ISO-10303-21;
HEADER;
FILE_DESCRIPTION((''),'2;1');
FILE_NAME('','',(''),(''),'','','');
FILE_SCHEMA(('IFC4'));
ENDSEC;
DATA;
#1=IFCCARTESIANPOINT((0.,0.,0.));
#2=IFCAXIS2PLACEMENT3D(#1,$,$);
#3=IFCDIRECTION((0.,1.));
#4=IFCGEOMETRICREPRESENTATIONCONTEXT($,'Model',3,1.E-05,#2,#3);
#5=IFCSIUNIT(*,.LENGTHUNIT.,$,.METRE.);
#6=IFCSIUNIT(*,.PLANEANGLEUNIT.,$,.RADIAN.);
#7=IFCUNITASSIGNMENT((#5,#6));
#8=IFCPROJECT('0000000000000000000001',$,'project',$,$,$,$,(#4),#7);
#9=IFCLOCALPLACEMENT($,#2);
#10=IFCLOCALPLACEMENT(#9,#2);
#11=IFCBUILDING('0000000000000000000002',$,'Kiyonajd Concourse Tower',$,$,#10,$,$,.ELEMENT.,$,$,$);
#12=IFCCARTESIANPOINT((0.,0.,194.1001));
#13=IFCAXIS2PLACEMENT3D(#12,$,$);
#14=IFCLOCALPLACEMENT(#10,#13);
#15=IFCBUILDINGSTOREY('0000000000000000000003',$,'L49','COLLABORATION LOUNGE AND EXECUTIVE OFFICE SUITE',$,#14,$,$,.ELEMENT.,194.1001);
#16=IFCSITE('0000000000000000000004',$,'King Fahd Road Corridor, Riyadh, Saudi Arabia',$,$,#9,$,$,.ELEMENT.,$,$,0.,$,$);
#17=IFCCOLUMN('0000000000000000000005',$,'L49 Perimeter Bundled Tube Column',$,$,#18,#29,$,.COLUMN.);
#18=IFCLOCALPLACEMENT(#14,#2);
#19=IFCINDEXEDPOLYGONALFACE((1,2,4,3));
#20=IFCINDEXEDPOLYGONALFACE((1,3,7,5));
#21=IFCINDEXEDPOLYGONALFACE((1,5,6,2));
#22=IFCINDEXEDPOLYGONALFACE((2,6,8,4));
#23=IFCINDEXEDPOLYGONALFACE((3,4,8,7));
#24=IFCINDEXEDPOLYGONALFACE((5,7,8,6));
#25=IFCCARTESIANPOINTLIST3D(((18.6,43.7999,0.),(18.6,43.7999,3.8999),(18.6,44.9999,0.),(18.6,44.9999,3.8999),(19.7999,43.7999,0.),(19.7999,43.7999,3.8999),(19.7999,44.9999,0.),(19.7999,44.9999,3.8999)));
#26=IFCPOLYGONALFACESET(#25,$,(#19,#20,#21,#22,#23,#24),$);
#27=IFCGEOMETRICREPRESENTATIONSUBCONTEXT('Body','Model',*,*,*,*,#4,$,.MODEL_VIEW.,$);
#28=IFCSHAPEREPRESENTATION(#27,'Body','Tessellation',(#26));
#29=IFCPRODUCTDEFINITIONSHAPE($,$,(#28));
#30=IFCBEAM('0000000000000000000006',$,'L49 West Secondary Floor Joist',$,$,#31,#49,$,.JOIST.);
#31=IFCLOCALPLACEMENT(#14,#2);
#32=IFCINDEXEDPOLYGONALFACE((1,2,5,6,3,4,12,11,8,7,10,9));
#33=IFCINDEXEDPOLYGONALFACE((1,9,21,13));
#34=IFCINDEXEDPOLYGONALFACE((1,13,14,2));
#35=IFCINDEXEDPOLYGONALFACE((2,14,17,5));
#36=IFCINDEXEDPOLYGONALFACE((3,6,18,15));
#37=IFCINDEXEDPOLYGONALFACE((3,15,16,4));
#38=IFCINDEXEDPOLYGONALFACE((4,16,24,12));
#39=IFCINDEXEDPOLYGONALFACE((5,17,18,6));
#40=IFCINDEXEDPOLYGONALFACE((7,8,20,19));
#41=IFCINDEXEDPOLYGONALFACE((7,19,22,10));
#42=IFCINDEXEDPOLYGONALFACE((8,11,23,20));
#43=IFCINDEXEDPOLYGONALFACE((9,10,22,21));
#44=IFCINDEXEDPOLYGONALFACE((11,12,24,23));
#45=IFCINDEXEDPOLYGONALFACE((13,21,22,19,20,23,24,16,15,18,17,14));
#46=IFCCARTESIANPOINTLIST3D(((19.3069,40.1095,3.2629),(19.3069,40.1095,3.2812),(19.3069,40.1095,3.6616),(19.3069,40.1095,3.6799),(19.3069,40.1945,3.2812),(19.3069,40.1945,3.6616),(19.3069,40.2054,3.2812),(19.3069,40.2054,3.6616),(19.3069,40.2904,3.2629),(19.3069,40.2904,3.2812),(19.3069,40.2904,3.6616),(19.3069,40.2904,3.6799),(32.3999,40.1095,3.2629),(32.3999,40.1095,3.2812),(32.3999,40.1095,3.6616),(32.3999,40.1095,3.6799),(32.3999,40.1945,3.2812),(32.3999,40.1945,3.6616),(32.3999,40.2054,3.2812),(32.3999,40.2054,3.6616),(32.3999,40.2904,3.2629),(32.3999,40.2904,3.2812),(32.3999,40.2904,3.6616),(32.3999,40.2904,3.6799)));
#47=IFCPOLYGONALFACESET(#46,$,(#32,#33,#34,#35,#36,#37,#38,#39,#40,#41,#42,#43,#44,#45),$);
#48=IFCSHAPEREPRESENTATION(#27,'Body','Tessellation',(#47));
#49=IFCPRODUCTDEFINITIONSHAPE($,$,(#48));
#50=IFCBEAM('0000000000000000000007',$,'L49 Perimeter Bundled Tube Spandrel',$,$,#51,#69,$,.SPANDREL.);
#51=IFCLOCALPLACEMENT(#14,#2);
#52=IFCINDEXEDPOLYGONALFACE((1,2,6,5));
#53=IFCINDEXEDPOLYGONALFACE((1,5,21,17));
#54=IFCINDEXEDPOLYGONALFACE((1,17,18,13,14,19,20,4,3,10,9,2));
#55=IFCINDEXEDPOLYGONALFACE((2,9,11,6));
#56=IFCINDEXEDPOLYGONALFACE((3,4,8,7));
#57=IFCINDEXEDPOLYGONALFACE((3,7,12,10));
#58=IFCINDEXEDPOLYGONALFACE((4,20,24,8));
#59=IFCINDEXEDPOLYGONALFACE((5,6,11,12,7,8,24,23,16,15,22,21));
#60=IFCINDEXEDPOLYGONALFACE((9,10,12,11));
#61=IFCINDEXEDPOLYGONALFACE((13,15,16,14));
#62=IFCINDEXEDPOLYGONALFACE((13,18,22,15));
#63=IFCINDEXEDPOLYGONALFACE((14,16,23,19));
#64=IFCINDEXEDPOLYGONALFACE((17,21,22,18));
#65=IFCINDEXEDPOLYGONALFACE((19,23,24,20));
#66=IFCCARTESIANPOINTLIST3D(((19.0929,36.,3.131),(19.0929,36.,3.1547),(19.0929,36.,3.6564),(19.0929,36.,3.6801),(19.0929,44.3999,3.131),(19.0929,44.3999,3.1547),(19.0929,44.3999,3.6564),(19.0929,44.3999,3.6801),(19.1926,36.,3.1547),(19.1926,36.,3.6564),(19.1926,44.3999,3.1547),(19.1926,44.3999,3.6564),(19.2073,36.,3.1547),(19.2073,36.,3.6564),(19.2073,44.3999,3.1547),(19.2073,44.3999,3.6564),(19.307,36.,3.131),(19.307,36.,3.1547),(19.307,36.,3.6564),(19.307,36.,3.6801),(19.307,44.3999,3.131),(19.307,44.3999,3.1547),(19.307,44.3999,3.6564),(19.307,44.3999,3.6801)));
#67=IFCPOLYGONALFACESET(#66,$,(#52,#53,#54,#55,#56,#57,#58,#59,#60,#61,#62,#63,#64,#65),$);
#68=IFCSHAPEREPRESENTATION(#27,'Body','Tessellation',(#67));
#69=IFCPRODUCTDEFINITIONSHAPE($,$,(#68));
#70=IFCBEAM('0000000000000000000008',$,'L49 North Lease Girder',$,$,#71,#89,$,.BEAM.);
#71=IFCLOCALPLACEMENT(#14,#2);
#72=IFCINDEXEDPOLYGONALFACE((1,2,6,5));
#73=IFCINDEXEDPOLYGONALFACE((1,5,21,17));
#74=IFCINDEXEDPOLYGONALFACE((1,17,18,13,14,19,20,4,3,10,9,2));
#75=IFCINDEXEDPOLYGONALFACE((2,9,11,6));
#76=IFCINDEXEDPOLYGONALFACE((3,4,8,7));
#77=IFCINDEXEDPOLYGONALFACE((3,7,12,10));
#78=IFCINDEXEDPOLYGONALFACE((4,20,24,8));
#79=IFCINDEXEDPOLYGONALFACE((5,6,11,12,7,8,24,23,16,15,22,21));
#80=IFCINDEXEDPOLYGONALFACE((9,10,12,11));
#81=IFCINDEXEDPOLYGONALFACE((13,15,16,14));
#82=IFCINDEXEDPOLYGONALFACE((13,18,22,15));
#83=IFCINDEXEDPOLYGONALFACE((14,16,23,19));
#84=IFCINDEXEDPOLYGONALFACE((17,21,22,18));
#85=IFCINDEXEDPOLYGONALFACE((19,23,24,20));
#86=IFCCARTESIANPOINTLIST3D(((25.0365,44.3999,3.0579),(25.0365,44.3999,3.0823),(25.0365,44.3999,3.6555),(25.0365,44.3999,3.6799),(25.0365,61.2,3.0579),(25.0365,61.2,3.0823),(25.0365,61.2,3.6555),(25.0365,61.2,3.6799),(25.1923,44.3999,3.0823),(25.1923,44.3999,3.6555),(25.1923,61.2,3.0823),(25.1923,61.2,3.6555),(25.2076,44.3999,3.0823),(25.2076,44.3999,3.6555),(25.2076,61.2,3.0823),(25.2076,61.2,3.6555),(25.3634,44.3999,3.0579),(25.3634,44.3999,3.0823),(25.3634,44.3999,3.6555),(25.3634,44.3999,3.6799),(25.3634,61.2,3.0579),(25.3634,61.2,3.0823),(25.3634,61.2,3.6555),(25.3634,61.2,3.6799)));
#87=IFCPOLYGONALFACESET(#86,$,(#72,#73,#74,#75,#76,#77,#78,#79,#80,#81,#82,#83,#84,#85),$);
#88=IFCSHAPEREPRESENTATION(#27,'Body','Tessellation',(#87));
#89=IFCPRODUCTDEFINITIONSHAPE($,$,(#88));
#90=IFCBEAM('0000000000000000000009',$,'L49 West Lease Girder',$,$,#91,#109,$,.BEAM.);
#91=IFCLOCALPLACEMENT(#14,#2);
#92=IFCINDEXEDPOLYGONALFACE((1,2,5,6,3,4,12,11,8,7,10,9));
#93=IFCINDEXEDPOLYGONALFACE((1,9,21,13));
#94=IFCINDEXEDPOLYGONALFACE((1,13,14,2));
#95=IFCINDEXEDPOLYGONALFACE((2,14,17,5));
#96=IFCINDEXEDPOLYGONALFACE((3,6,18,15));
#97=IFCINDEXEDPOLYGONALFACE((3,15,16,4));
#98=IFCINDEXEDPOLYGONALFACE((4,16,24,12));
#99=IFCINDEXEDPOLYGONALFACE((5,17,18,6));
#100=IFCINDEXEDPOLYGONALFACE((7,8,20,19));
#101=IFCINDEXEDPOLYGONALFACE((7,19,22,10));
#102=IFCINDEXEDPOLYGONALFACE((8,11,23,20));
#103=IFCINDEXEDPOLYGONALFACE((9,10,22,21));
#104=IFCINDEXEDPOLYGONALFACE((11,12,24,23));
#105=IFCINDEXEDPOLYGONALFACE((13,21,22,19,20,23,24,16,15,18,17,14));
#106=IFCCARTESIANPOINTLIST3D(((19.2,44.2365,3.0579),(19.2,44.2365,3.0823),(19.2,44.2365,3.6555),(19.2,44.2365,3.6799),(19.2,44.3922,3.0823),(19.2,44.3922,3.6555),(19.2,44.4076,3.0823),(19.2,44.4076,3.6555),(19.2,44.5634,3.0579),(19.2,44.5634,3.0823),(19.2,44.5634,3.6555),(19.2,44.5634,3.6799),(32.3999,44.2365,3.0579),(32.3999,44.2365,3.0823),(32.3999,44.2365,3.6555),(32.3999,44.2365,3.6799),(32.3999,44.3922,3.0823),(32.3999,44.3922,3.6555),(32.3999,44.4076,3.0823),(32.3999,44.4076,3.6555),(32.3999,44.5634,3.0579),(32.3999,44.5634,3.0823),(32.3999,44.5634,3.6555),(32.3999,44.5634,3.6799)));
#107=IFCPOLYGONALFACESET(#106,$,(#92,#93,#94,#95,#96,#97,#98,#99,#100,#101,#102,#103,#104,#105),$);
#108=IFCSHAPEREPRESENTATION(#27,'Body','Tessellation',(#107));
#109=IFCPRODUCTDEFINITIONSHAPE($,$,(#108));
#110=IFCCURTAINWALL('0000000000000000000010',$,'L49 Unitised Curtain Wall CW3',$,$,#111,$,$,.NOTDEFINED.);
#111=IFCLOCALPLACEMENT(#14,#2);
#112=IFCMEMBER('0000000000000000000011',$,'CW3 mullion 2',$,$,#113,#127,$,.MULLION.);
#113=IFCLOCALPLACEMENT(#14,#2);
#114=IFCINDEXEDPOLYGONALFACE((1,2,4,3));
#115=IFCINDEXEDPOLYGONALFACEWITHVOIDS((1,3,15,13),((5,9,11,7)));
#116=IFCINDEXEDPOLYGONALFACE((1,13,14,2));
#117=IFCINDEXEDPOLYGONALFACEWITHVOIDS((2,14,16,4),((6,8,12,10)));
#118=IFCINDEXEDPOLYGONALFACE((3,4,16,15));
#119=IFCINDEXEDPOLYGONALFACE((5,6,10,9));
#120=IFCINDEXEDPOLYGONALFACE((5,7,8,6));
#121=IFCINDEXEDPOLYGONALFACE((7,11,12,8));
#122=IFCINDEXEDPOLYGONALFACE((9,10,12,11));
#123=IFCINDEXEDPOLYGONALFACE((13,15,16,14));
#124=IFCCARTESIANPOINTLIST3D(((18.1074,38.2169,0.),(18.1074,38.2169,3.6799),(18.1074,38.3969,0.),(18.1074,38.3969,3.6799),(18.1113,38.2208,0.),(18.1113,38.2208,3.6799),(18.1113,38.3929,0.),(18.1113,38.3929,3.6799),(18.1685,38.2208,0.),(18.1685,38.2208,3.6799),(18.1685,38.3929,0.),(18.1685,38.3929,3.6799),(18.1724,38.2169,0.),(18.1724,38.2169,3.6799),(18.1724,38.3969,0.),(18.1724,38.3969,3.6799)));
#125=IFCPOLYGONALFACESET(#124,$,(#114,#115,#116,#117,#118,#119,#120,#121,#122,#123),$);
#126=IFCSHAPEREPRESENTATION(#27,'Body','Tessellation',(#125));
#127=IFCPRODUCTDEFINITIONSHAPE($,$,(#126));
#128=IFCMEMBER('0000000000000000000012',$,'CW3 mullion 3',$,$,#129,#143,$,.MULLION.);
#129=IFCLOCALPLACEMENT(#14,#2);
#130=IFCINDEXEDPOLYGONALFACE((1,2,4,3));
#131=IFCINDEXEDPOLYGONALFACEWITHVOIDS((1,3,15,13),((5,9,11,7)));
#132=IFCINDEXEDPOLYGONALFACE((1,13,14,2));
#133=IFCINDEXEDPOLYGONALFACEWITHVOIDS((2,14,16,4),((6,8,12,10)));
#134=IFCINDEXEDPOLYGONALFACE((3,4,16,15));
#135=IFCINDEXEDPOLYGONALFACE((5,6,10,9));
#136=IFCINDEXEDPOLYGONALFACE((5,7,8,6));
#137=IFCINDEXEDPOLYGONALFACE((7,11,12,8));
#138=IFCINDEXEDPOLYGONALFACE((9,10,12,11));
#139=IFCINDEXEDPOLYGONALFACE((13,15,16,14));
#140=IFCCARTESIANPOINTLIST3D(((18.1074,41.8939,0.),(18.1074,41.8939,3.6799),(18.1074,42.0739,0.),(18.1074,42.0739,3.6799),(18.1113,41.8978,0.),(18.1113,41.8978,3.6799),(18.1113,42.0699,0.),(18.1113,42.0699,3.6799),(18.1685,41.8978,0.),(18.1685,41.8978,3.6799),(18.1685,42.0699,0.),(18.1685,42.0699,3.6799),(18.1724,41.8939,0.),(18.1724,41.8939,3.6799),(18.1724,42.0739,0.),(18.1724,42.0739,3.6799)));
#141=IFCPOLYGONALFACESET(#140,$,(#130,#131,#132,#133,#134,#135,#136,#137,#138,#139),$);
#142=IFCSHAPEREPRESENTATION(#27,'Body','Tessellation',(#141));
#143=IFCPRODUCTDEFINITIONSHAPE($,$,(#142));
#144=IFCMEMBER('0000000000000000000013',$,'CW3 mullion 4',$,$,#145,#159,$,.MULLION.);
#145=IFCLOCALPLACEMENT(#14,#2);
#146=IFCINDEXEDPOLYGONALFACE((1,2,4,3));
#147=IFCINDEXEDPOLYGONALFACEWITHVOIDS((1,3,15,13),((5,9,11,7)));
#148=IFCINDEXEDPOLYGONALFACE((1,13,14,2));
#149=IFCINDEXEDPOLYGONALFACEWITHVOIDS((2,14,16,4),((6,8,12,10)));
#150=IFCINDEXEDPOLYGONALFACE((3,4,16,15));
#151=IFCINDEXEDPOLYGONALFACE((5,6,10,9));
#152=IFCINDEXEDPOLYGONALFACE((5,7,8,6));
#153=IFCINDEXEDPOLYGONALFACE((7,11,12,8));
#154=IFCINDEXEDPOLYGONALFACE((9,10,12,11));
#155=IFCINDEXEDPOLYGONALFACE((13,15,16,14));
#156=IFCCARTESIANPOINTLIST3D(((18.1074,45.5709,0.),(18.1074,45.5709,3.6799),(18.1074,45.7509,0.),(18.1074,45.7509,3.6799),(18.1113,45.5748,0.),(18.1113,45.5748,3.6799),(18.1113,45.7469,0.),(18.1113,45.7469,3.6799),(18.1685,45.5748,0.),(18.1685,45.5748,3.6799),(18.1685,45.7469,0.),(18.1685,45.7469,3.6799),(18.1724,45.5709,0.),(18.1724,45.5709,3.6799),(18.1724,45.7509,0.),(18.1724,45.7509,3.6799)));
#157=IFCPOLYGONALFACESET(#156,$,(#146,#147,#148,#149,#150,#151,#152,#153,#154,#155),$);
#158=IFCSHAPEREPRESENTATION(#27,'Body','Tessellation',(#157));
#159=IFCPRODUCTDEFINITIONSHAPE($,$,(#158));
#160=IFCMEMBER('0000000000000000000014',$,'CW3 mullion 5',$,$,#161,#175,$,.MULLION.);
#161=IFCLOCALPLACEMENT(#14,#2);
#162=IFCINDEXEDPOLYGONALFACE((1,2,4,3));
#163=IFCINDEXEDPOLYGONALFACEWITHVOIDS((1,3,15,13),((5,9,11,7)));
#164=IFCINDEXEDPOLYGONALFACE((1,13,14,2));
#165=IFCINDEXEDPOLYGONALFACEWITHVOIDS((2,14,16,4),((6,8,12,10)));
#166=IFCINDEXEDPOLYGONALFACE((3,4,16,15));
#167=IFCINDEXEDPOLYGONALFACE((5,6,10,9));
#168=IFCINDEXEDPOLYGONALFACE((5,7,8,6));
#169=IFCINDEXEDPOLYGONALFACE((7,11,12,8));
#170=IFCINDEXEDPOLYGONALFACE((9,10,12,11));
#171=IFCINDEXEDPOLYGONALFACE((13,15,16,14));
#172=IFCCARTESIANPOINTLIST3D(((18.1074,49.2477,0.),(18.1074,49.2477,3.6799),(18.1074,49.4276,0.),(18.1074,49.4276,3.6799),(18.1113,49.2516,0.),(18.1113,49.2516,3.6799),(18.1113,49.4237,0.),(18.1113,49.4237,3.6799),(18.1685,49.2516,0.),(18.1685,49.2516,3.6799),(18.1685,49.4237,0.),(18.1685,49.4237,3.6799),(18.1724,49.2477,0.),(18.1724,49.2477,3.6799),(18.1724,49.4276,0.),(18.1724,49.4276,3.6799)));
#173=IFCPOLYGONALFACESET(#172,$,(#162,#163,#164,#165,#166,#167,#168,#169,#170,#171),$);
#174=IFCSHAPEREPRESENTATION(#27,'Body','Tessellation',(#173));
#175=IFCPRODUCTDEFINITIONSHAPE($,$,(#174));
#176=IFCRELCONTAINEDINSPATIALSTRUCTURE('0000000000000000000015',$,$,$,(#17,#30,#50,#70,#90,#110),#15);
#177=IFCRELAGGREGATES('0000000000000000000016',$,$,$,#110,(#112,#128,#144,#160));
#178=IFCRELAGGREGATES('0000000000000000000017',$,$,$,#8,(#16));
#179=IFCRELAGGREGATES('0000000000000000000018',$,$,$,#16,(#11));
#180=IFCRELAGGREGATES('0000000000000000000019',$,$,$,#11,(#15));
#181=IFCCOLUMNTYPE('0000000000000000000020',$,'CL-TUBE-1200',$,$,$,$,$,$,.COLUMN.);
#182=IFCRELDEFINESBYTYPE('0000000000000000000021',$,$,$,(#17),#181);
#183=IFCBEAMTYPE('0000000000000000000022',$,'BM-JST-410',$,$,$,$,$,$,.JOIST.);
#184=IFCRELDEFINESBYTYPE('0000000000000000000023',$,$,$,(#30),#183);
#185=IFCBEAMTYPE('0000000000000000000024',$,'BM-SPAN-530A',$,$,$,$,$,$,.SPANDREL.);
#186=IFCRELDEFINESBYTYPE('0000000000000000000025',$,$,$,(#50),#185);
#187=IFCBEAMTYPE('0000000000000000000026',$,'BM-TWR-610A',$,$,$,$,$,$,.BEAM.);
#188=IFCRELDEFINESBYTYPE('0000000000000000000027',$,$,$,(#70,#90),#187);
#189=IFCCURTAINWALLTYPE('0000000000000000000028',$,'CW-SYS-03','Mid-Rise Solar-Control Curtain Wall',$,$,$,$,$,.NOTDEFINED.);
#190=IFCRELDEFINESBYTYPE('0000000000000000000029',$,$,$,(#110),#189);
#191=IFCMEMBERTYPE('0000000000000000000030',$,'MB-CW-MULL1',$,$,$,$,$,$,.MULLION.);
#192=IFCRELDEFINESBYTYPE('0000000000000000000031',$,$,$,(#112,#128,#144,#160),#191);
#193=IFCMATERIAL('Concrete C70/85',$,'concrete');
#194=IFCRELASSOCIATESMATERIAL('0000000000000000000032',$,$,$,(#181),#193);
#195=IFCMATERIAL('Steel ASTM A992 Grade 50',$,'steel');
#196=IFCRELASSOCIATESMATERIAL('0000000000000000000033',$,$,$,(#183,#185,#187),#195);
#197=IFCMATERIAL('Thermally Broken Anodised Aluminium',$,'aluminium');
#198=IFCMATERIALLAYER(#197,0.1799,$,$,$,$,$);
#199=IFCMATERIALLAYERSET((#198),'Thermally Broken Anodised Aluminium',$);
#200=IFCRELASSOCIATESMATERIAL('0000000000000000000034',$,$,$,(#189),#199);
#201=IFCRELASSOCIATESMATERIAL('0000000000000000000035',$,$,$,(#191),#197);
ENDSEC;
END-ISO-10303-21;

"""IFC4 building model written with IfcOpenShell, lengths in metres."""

from ifc_helpers import new_model, si_unit, direction, frame, origin, origin_2d, place, context, subcontext, project, spatial, rectangle, hollow_rectangle, i_section, extrude, material, layer, layer_set, material_profile, profile_set, type_object, element, aggregate, save


model = new_model("IFC4")

# Units and contexts
model_context = context("Model", 3, precision=1e-05, world=origin(), true_north=direction((0.0, 1.0)))
body_context = subcontext(model_context, "Body", "Model", "MODEL_VIEW")
ifc_project = project(units=[si_unit("LENGTHUNIT", "METRE"), si_unit("PLANEANGLEUNIT", "RADIAN")], contexts=[model_context])

# Site, building, storey
site_placement = place(None, origin())
site = spatial("IfcSite", under=ifc_project, at=site_placement, Name="King Fahd Road Corridor, Riyadh, Saudi Arabia", CompositionType="ELEMENT", RefElevation=0.0)
building_placement = place(site_placement, origin())
building = spatial("IfcBuilding", under=site, at=building_placement, Name="Kiyonajd Concourse Tower", CompositionType="ELEMENT")
storey_placement = place(building_placement, frame((0.0, 0.0, 194.1001)))
storey = spatial("IfcBuildingStorey", under=building, at=storey_placement, Name="L49", Description="COLLABORATION LOUNGE AND EXECUTIVE OFFICE SUITE", CompositionType="ELEMENT", Elevation=194.1001)

# Column
ifc_material_1 = material(Name="Concrete C70/85", Category="concrete")
ifc_material_profile_1 = material_profile(ifc_material_1, rectangle(XDim=1.2, YDim=1.2, at=origin_2d()), Name="RC-1200x1200")
ifc_profile_set_1 = profile_set([ifc_material_profile_1], Name="Concrete C70/85")
column_type = type_object("IfcColumnType", Name="CL-TUBE-1200", PredefinedType="COLUMN", material=ifc_profile_set_1)
column_placement = place(storey_placement, frame((19.2, 44.3999, 0.0), z_axis=(0.0, 0.0, 1.0), x_axis=(1.0, 0.0, 0.0)))
element("IfcColumn", 1, at=column_placement, inside=storey, type_object=column_type, Name="L49 Perimeter Bundled Tube Column", PredefinedType="COLUMN", context=body_context, shape_type="SweptSolid", body=[
    extrude(rectangle(XDim=1.2, YDim=1.2, at=origin_2d()), origin(), (0.0, 0.0, 1.0), 3.8999),
])

# Beams
ifc_material_2 = material(Name="Steel ASTM A992 Grade 50", Category="steel")
ifc_material_profile_2 = material_profile(ifc_material_2, i_section(OverallWidth=0.1809, OverallDepth=0.417, WebThickness=0.011, FlangeThickness=0.0183, at=origin_2d()), Name="W410X85")
ifc_profile_set_2 = profile_set([ifc_material_profile_2], Name="Steel ASTM A992 Grade 50")
beam_type_1 = type_object("IfcBeamType", Name="BM-JST-410", PredefinedType="JOIST", material=ifc_profile_set_2)
beam_1_placement = place(storey_placement, frame((19.3069, 40.2, 3.4714), z_axis=(1.0, 0.0, 0.0), x_axis=(0.0, 1.0, 0.0)))
element("IfcBeam", 2, at=beam_1_placement, inside=storey, type_object=beam_type_1, Name="L49 West Secondary Floor Joist", PredefinedType="JOIST", context=body_context, shape_type="SweptSolid", body=[
    extrude(i_section(OverallWidth=0.1809, OverallDepth=0.417, WebThickness=0.011, FlangeThickness=0.0183, at=origin_2d()), origin(), (0.0, 0.0, 1.0), 13.093),
])
ifc_material_profile_3 = material_profile(ifc_material_2, i_section(OverallWidth=0.2141, OverallDepth=0.5491, WebThickness=0.0146, FlangeThickness=0.0237, at=origin_2d()), Name="W530X138")
ifc_profile_set_3 = profile_set([ifc_material_profile_3], Name="Steel ASTM A992 Grade 50")
beam_type_2 = type_object("IfcBeamType", Name="BM-SPAN-530A", PredefinedType="SPANDREL", material=ifc_profile_set_3)
beam_2_placement = place(storey_placement, frame((19.2, 44.3999, 3.4055), z_axis=(0.0, -1.0, 0.0), x_axis=(1.0, 0.0, 0.0)))
element("IfcBeam", 3, at=beam_2_placement, inside=storey, type_object=beam_type_2, Name="L49 Perimeter Bundled Tube Spandrel", PredefinedType="SPANDREL", context=body_context, shape_type="SweptSolid", body=[
    extrude(i_section(OverallWidth=0.2141, OverallDepth=0.5491, WebThickness=0.0146, FlangeThickness=0.0237, at=origin_2d()), origin(), (0.0, 0.0, 1.0), 8.3999),
])
ifc_material_profile_4 = material_profile(ifc_material_2, i_section(OverallWidth=0.3269, OverallDepth=0.6221, WebThickness=0.0154, FlangeThickness=0.0244, at=origin_2d()), Name="W610X195")
ifc_profile_set_4 = profile_set([ifc_material_profile_4], Name="Steel ASTM A992 Grade 50")
beam_type_3 = type_object("IfcBeamType", Name="BM-TWR-610A", PredefinedType="BEAM", material=ifc_profile_set_4)
beam_3_placement = place(storey_placement, frame((25.2, 44.3999, 3.3689), z_axis=(0.0, 1.0, 0.0), x_axis=(-1.0, 0.0, 0.0)))
element("IfcBeam", 4, at=beam_3_placement, inside=storey, type_object=beam_type_3, Name="L49 North Lease Girder", PredefinedType="BEAM", context=body_context, shape_type="SweptSolid", body=[
    extrude(i_section(OverallWidth=0.3269, OverallDepth=0.6221, WebThickness=0.0154, FlangeThickness=0.0244, at=origin_2d()), origin(), (0.0, 0.0, 1.0), 16.8),
])
beam_4_placement = place(storey_placement, frame((19.2, 44.3999, 3.3689), z_axis=(1.0, 0.0, 0.0), x_axis=(0.0, 1.0, 0.0)))
element("IfcBeam", 5, at=beam_4_placement, inside=storey, type_object=beam_type_3, Name="L49 West Lease Girder", PredefinedType="BEAM", context=body_context, shape_type="SweptSolid", body=[
    extrude(i_section(OverallWidth=0.3269, OverallDepth=0.6221, WebThickness=0.0154, FlangeThickness=0.0244, at=origin_2d()), origin(), (0.0, 0.0, 1.0), 13.2),
])

# Curtain wall, members
ifc_material_3 = material(Name="Thermally Broken Anodised Aluminium", Category="aluminium")
ifc_layer_1 = layer(ifc_material_3, 0.1799)
ifc_layer_set_1 = layer_set([ifc_layer_1], Name="Thermally Broken Anodised Aluminium")
curtain_wall_type = type_object("IfcCurtainWallType", Name="CW-SYS-03", Description="Mid-Rise Solar-Control Curtain Wall", PredefinedType="NOTDEFINED", material=ifc_layer_set_1)
curtain_wall_placement = place(storey_placement, origin())
curtain_wall = element("IfcCurtainWall", 6, at=curtain_wall_placement, inside=storey, type_object=curtain_wall_type, Name="L49 Unitised Curtain Wall CW3", PredefinedType="NOTDEFINED")
ifc_material_profile_5 = material_profile(ifc_material_3, hollow_rectangle(XDim=0.0649, YDim=0.1799, WallThickness=0.0039, at=origin_2d()), Name="MULL-65x180")
ifc_profile_set_5 = profile_set([ifc_material_profile_5], Name="Thermally Broken Anodised Aluminium")
member_type_1 = type_object("IfcMemberType", Name="MB-CW-MULL1", PredefinedType="MULLION", material=ifc_profile_set_5)
member_1_placement = place(storey_placement, frame((18.1399, 38.3069, 0.0), z_axis=(0.0, 0.0, 1.0), x_axis=(-1.0, 0.0, 0.0)))
member_1 = element("IfcMember", 7, at=member_1_placement, type_object=member_type_1, Name="CW3 mullion 2", PredefinedType="MULLION", context=body_context, shape_type="SweptSolid", body=[
    extrude(hollow_rectangle(XDim=0.0649, YDim=0.1799, WallThickness=0.0039, at=origin_2d()), origin(), (0.0, 0.0, 1.0), 3.6799),
])
member_2_placement = place(storey_placement, frame((18.1399, 41.9839, 0.0), z_axis=(0.0, 0.0, 1.0), x_axis=(-1.0, 0.0, 0.0)))
member_2 = element("IfcMember", 8, at=member_2_placement, type_object=member_type_1, Name="CW3 mullion 3", PredefinedType="MULLION", context=body_context, shape_type="SweptSolid", body=[
    extrude(hollow_rectangle(XDim=0.0649, YDim=0.1799, WallThickness=0.0039, at=origin_2d()), origin(), (0.0, 0.0, 1.0), 3.6799),
])
member_3_placement = place(storey_placement, frame((18.1399, 45.6609, 0.0), z_axis=(0.0, 0.0, 1.0), x_axis=(-1.0, 0.0, 0.0)))
member_3 = element("IfcMember", 9, at=member_3_placement, type_object=member_type_1, Name="CW3 mullion 4", PredefinedType="MULLION", context=body_context, shape_type="SweptSolid", body=[
    extrude(hollow_rectangle(XDim=0.0649, YDim=0.1799, WallThickness=0.0039, at=origin_2d()), origin(), (0.0, 0.0, 1.0), 3.6799),
])
member_4_placement = place(storey_placement, frame((18.1399, 49.3376, 0.0), z_axis=(0.0, 0.0, 1.0), x_axis=(-1.0, 0.0, 0.0)))
member_4 = element("IfcMember", 10, at=member_4_placement, type_object=member_type_1, Name="CW3 mullion 5", PredefinedType="MULLION", context=body_context, shape_type="SweptSolid", body=[
    extrude(hollow_rectangle(XDim=0.0649, YDim=0.1799, WallThickness=0.0039, at=origin_2d()), origin(), (0.0, 0.0, 1.0), 3.6799),
])
aggregate(curtain_wall, [member_1, member_2, member_3, member_4])

save(model, "model.ifc")
